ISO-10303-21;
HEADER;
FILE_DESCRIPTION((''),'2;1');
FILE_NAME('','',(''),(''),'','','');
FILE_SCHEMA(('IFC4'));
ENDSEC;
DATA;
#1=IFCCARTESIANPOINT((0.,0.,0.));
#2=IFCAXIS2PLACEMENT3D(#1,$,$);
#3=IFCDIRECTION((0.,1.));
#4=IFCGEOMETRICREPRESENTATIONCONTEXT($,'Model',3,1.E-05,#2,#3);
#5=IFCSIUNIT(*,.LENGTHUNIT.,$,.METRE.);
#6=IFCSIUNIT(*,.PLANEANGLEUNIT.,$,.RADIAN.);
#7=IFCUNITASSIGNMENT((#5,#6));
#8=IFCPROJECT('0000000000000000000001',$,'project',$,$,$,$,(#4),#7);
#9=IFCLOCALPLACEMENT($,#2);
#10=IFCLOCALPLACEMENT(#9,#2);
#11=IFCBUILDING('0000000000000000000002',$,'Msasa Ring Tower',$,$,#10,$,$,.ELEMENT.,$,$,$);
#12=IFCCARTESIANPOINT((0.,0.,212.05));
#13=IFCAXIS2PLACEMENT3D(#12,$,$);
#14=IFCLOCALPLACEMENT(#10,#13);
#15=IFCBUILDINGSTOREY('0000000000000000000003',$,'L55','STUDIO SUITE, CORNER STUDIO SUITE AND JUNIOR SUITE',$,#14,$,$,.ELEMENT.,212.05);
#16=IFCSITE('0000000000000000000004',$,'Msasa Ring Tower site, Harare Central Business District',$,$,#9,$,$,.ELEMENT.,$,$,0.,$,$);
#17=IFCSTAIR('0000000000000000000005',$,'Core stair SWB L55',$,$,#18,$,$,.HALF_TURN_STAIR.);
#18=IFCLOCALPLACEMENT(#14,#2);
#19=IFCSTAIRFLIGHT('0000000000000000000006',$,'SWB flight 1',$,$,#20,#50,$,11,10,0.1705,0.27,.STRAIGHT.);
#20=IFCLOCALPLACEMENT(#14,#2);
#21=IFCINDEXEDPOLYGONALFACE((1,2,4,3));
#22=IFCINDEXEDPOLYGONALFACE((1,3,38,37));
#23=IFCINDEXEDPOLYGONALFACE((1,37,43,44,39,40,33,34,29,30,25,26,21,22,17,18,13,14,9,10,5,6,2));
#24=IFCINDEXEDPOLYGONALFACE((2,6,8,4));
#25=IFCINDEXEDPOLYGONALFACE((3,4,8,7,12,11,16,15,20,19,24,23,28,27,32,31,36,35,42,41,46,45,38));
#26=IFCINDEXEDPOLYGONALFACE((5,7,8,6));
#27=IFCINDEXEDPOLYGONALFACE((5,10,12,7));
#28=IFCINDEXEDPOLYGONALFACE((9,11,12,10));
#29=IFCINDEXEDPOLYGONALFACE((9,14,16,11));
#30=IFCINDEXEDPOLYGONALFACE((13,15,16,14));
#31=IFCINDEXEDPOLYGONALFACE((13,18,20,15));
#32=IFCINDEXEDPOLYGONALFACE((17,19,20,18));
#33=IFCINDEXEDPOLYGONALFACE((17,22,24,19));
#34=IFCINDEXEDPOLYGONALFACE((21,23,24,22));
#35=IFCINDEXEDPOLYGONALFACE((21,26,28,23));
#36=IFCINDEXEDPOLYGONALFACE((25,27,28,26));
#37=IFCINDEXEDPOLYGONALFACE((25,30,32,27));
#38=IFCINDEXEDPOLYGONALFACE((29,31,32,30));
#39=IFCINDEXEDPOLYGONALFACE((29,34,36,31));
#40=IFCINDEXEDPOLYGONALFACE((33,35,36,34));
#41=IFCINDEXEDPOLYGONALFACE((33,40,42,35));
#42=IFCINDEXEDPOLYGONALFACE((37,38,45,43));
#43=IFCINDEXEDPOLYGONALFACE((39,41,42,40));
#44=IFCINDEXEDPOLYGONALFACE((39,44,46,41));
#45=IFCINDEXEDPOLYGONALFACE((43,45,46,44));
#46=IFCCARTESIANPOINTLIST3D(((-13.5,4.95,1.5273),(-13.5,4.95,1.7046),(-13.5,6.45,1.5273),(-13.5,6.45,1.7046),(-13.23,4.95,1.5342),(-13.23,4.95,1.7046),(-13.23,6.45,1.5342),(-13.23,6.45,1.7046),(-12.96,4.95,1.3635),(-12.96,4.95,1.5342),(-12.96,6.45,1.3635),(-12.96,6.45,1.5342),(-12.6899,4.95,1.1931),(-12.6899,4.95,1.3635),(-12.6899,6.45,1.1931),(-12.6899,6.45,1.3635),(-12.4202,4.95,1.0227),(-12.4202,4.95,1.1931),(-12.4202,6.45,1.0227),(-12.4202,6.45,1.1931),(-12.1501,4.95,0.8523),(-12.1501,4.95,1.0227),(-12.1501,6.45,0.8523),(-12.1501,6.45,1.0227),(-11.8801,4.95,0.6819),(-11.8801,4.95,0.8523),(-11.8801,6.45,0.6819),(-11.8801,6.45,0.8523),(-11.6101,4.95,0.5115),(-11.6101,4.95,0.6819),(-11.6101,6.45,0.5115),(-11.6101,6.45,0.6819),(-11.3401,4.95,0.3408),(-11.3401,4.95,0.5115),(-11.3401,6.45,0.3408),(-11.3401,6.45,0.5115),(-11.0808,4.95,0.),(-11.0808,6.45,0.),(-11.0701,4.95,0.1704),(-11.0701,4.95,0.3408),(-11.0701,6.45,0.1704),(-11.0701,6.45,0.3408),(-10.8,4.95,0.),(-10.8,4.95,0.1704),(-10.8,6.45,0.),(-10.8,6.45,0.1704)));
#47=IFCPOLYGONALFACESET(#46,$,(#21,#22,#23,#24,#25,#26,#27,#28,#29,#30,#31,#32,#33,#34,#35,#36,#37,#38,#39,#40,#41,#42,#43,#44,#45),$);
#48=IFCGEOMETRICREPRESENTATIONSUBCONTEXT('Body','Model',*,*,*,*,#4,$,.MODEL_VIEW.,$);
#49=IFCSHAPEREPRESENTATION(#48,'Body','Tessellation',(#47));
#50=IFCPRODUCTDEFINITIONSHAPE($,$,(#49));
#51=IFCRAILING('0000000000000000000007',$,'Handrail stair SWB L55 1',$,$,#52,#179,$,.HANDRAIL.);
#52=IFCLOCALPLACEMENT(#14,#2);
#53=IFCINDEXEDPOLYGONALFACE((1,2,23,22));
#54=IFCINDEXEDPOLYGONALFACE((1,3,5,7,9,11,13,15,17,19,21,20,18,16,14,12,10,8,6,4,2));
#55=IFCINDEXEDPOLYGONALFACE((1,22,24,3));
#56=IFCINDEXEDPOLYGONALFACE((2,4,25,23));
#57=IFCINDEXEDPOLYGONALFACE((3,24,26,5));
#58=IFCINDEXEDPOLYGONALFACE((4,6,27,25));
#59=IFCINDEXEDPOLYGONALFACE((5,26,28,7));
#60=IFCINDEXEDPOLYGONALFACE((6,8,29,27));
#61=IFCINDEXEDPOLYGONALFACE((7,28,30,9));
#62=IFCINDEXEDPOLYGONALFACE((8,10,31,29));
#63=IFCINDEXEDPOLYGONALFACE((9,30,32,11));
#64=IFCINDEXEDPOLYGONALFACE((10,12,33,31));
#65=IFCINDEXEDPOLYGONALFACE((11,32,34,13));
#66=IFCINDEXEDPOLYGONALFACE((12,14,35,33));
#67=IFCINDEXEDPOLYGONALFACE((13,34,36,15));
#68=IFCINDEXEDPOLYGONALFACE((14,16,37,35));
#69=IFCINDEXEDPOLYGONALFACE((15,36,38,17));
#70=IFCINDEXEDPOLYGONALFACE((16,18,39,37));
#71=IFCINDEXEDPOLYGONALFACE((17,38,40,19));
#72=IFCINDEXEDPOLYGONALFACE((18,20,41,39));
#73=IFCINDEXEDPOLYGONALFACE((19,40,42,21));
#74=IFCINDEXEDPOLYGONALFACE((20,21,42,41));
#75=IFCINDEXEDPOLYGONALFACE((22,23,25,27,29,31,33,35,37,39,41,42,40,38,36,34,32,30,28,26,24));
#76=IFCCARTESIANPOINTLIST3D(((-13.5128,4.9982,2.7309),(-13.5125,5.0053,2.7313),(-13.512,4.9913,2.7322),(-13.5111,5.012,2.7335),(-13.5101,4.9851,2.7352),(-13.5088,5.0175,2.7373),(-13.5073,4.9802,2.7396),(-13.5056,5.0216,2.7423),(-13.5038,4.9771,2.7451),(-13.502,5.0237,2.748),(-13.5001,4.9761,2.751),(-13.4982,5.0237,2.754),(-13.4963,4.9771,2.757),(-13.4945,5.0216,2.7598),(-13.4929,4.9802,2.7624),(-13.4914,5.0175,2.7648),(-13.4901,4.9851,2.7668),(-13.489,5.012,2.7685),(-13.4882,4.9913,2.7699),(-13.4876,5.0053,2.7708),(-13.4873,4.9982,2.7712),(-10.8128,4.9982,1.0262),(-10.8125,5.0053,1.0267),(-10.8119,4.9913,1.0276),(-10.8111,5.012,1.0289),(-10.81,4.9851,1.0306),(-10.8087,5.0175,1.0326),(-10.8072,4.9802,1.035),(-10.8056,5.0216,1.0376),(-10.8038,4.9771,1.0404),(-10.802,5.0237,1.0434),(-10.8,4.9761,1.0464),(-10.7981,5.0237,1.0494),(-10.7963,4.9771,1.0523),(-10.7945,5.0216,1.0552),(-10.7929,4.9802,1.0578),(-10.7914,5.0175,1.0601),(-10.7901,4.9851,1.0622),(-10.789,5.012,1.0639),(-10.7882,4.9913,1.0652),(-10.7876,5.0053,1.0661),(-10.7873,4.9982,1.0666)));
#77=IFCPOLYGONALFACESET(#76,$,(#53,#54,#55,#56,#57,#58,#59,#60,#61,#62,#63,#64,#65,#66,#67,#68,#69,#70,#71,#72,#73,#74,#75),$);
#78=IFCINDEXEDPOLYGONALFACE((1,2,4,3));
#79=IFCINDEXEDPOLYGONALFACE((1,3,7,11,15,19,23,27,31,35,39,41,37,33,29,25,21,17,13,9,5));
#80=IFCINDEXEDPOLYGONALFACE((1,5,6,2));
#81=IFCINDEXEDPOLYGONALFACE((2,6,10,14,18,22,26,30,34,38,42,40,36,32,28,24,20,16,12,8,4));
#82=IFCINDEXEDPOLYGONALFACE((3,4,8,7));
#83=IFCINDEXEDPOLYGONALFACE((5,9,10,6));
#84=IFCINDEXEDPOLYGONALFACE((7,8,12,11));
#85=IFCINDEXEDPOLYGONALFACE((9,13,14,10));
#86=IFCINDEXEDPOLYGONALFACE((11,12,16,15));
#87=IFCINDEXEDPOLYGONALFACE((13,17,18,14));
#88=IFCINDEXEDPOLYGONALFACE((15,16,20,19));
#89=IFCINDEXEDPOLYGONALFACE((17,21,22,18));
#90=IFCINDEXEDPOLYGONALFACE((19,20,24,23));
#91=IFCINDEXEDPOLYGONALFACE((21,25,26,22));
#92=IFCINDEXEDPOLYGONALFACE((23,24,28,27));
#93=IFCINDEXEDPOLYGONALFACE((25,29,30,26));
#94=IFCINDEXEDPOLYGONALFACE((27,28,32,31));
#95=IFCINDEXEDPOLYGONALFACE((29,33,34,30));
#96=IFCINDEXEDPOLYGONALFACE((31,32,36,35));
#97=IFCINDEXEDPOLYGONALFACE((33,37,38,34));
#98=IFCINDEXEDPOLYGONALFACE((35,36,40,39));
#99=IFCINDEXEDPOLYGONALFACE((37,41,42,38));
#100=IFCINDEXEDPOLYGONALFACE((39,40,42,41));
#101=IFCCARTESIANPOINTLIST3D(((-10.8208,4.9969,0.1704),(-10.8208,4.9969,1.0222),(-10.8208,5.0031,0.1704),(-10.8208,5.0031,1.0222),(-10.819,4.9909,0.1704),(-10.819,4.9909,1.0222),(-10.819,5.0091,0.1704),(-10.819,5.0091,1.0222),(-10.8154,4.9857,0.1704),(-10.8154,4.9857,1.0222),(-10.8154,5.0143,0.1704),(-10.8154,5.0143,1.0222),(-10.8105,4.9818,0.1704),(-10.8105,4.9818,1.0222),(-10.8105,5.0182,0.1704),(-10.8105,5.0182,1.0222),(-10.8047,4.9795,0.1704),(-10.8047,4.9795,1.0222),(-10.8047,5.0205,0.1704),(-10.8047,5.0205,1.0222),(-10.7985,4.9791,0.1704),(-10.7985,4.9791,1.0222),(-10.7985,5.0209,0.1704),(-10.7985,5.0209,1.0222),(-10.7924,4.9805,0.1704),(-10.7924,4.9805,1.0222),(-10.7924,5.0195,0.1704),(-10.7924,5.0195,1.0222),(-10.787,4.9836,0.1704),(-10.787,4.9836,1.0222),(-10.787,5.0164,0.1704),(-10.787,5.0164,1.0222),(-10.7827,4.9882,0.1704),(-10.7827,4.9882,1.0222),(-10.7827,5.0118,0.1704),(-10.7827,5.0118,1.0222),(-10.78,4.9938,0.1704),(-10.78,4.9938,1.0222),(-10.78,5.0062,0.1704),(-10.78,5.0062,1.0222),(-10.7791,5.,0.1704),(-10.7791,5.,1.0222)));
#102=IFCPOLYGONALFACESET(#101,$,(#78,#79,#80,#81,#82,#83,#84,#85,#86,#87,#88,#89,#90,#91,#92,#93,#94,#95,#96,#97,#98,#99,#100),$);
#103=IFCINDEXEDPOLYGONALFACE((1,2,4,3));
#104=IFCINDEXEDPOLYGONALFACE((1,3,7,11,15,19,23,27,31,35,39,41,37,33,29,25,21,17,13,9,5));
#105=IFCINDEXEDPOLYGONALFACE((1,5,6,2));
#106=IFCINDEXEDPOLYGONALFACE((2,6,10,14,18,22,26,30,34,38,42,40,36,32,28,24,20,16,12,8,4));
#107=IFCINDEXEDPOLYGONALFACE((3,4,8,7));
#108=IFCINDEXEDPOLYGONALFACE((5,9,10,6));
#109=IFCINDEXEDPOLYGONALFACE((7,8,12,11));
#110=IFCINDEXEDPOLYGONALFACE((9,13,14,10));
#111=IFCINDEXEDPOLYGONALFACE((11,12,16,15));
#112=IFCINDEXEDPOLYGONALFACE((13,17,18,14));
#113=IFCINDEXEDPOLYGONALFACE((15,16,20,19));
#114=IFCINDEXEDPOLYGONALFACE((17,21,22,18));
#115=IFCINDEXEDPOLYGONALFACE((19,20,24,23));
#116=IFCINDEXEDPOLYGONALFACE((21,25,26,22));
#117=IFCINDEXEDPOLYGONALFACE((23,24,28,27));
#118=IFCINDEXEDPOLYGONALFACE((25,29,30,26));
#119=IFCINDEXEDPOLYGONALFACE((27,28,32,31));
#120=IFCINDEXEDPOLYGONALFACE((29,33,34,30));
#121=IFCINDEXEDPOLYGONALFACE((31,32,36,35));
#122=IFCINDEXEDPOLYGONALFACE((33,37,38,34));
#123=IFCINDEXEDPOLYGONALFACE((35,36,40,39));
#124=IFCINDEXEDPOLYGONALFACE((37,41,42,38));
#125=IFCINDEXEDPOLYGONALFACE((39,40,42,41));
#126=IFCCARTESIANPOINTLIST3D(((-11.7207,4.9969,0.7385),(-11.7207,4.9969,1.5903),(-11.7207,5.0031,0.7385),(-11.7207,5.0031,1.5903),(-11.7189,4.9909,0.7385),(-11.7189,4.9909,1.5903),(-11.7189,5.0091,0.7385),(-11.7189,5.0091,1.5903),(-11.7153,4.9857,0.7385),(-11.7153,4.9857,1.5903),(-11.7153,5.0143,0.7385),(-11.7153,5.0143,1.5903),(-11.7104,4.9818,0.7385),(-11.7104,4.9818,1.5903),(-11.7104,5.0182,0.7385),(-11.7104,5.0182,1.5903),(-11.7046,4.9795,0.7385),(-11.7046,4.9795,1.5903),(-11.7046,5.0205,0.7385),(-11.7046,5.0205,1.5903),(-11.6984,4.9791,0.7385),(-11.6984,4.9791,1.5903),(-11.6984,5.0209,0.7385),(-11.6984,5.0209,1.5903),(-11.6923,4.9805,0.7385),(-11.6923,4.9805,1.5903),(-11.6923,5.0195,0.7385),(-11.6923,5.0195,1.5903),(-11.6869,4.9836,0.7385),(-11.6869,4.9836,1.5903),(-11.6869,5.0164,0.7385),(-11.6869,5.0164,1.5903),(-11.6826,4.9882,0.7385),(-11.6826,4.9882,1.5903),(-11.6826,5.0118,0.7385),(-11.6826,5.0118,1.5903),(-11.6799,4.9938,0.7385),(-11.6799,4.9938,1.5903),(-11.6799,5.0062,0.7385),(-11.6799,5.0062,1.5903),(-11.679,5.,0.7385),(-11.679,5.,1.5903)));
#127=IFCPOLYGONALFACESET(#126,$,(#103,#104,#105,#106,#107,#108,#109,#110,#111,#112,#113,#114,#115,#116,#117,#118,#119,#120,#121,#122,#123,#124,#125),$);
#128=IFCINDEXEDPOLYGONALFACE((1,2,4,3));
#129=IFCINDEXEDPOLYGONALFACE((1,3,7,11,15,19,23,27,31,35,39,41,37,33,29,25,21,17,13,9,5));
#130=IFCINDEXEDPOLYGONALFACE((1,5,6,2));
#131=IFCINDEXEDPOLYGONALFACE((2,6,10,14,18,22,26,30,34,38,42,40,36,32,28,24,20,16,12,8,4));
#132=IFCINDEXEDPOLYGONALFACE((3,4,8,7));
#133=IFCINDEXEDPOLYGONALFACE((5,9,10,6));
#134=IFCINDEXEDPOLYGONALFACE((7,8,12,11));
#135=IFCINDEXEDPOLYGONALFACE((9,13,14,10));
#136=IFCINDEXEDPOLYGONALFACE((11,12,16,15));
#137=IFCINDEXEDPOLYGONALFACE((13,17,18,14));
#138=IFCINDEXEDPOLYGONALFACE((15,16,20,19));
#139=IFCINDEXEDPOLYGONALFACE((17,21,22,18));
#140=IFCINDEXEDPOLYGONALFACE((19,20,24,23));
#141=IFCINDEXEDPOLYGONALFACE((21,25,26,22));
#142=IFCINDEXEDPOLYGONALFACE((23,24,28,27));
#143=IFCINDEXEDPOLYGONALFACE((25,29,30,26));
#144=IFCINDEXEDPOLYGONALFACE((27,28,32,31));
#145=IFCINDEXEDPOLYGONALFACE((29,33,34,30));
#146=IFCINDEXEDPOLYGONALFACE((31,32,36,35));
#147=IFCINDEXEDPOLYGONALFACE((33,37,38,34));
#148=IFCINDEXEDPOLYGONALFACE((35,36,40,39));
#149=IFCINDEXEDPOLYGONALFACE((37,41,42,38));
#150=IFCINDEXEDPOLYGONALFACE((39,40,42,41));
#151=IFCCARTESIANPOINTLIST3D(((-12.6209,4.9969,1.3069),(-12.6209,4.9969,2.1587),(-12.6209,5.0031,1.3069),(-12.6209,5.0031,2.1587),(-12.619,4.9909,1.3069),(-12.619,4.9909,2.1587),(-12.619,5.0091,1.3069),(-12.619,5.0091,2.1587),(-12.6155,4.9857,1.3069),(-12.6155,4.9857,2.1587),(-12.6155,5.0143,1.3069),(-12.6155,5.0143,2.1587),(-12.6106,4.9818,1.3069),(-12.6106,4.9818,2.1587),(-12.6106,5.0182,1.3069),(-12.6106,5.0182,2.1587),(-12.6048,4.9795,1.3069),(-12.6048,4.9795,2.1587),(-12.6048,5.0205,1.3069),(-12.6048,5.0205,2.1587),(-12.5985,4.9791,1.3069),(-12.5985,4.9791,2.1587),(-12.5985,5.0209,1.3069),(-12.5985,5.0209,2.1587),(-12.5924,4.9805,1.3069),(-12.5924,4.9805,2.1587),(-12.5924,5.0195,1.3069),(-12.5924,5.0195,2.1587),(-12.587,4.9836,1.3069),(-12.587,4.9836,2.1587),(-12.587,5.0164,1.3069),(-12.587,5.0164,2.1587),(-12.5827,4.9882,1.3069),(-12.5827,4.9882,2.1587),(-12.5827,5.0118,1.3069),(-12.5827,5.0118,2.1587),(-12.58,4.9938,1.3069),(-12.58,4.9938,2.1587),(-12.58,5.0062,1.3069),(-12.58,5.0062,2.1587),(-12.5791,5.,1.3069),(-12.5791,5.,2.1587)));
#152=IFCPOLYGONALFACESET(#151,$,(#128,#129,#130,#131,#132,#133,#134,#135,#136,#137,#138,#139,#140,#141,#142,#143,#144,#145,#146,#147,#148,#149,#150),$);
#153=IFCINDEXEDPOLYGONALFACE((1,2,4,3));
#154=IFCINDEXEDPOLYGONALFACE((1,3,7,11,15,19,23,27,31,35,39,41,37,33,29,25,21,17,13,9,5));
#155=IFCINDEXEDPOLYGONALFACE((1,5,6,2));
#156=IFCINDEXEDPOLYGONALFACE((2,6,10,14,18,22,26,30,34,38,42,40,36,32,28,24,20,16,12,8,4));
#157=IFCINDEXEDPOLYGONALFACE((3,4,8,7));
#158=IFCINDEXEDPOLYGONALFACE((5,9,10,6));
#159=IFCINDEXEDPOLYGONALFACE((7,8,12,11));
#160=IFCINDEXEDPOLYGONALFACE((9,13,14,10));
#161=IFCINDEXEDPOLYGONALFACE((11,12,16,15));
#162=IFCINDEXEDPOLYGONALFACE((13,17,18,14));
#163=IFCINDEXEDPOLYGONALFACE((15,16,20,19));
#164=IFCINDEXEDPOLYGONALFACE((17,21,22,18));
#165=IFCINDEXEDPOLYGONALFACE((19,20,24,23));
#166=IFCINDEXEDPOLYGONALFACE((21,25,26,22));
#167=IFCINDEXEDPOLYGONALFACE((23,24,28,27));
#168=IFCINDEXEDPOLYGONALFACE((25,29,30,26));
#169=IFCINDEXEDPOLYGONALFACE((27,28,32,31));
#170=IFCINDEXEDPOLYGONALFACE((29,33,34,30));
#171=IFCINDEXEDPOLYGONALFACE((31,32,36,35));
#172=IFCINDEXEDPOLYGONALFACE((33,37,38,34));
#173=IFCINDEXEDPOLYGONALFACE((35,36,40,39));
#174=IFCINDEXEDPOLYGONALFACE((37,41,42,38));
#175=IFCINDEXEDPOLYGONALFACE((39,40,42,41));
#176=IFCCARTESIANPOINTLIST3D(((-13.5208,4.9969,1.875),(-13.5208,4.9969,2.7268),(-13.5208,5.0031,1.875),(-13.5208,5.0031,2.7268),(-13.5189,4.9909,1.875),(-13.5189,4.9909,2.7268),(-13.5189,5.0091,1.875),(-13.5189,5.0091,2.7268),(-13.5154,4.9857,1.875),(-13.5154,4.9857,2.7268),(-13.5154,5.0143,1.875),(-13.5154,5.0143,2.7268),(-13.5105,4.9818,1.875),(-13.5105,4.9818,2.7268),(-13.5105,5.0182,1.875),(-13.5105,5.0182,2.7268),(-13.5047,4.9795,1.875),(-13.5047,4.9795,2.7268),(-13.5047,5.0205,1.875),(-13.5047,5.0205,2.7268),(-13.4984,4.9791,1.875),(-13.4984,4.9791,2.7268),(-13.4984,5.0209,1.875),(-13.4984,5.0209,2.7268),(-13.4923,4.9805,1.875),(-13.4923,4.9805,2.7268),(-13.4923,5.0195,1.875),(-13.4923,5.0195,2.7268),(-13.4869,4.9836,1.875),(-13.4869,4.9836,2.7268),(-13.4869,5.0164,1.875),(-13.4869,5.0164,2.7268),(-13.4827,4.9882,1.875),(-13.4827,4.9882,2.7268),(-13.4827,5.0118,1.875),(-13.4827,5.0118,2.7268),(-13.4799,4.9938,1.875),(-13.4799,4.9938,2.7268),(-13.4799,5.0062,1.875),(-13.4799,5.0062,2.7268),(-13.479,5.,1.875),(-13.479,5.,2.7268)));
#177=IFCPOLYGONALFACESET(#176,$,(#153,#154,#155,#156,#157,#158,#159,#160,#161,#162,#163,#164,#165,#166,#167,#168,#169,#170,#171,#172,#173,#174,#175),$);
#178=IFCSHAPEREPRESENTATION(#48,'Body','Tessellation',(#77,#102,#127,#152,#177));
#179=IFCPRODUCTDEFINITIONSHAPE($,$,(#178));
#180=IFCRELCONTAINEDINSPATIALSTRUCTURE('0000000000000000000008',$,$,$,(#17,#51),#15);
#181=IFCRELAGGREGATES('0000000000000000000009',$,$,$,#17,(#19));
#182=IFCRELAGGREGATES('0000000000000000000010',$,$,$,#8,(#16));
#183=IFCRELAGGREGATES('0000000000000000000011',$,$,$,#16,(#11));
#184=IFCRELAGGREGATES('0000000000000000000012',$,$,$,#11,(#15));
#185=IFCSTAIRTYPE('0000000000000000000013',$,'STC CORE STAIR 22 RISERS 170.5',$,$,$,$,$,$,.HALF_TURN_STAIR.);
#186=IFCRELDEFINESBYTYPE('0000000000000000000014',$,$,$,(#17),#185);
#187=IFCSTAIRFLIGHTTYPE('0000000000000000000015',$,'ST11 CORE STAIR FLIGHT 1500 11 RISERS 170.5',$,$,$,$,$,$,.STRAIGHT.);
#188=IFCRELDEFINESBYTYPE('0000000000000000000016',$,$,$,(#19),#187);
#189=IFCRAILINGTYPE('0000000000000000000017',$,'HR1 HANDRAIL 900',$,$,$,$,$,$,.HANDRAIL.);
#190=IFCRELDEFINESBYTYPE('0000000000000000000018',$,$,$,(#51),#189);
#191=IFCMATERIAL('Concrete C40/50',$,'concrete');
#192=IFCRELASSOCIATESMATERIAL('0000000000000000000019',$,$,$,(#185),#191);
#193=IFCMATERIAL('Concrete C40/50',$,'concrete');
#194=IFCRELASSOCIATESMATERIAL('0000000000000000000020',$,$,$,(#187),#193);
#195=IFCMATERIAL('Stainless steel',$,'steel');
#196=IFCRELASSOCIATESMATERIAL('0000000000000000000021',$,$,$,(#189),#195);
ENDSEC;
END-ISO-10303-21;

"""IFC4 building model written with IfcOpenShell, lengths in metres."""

from ifc_helpers import new_model, si_unit, direction, frame, origin, origin_2d, place, context, subcontext, project, spatial, polyline, circle, outline, extrude, material, type_object, element, aggregate, save


model = new_model("IFC4")

# Units and contexts
model_context = context("Model", 3, precision=1e-05, world=origin(), true_north=direction((0.0, 1.0)))
body_context = subcontext(model_context, "Body", "Model", "MODEL_VIEW")
ifc_project = project(units=[si_unit("LENGTHUNIT", "METRE"), si_unit("PLANEANGLEUNIT", "RADIAN")], contexts=[model_context])

# Site, building, storey
site_placement = place(None, origin())
site = spatial("IfcSite", under=ifc_project, at=site_placement, Name="Msasa Ring Tower site, Harare Central Business District", CompositionType="ELEMENT", RefElevation=0.0)
building_placement = place(site_placement, origin())
building = spatial("IfcBuilding", under=site, at=building_placement, Name="Msasa Ring Tower", CompositionType="ELEMENT")
storey_placement = place(building_placement, frame((0.0, 0.0, 212.05)))
storey = spatial("IfcBuildingStorey", under=building, at=storey_placement, Name="L55", Description="STUDIO SUITE, CORNER STUDIO SUITE AND JUNIOR SUITE", CompositionType="ELEMENT", Elevation=212.05)

# Stair, stair flight
ifc_material_1 = material(Name="Concrete C40/50", Category="concrete")
stair_type = type_object("IfcStairType", Name="STC CORE STAIR 22 RISERS 170.5", PredefinedType="HALF_TURN_STAIR", material=ifc_material_1)
stair_placement = place(storey_placement, origin())
stair = element("IfcStair", 1, at=stair_placement, inside=storey, type_object=stair_type, Name="Core stair SWB L55", PredefinedType="HALF_TURN_STAIR")
ifc_material_2 = material(Name="Concrete C40/50", Category="concrete")
stair_flight_type = type_object("IfcStairFlightType", Name="ST11 CORE STAIR FLIGHT 1500 11 RISERS 170.5", PredefinedType="STRAIGHT", material=ifc_material_2)
stair_flight_placement = place(storey_placement, frame((-10.8, 5.7, 0.0), z_axis=(0.0, 0.0, 1.0), x_axis=(-1.0, 0.0, 0.0)))
stair_flight = element("IfcStairFlight", 2, at=stair_flight_placement, type_object=stair_flight_type, Name="SWB flight 1", NumberOfRisers=11, NumberOfTreads=10, PredefinedType="STRAIGHT", RiserHeight=0.1705, TreadLength=0.27, context=body_context, shape_type="SweptSolid", body=[
    extrude(outline(polyline([(0.0, 0.0), (0.0, 0.1704), (0.27, 0.1704), (0.27, 0.3408), (0.54, 0.3408), (0.54, 0.5115), (0.8101, 0.5115), (0.8101, 0.6819), (1.0801, 0.6819), (1.0801, 0.8523), (1.3501, 0.8523), (1.3501, 1.0227), (1.6201, 1.0227), (1.6201, 1.1931), (1.8899, 1.1931), (1.8899, 1.3635), (2.1599, 1.3635), (2.1599, 1.5342), (2.4299, 1.5342), (2.4299, 1.7046), (2.7, 1.7046), (2.7, 1.875), (2.7, 1.5273), (0.2808, 0.0), (0.0, 0.0)])), frame((0.0, 0.75, 0.0), z_axis=(0.0, -1.0, 0.0), x_axis=(1.0, 0.0, 0.0)), (0.0, 0.0, 1.0), 1.5),
])
aggregate(stair, [stair_flight])

# Railing
ifc_material_3 = material(Name="Stainless steel", Category="steel")
railing_type = type_object("IfcRailingType", Name="HR1 HANDRAIL 900", PredefinedType="HANDRAIL", material=ifc_material_3)
for number, where, name in (
    (3, (-10.8, 5.0, 0.1704), "Handrail stair SWB L55 1"),
):
    element("IfcRailing", number, at=place(storey_placement, frame(where)), inside=storey, type_object=railing_type, Name=name, PredefinedType="HANDRAIL", context=body_context, shape_type="SweptSolid", body=[
        extrude(circle(Radius=0.0239, at=origin_2d()), frame((0.0, 0.0, 0.876), z_axis=(-0.84558, 0.0, 0.533849), x_axis=(0.0, -1.0, 0.0)), (0.0, 0.0, 1.0), 3.1931),
        extrude(circle(Radius=0.021, at=origin_2d()), origin(), (0.0, 0.0, 1.0), 0.8518),
        extrude(circle(Radius=0.021, at=origin_2d()), frame((-0.8999, 0.0, 0.5681)), (0.0, 0.0, 1.0), 0.8518),
        extrude(circle(Radius=0.021, at=origin_2d()), frame((-1.8, 0.0, 1.1365)), (0.0, 0.0, 1.0), 0.8518),
        extrude(circle(Radius=0.021, at=origin_2d()), frame((-2.7, 0.0, 1.7046)), (0.0, 0.0, 1.0), 0.8518),
    ])

save(model, "model.ifc")
